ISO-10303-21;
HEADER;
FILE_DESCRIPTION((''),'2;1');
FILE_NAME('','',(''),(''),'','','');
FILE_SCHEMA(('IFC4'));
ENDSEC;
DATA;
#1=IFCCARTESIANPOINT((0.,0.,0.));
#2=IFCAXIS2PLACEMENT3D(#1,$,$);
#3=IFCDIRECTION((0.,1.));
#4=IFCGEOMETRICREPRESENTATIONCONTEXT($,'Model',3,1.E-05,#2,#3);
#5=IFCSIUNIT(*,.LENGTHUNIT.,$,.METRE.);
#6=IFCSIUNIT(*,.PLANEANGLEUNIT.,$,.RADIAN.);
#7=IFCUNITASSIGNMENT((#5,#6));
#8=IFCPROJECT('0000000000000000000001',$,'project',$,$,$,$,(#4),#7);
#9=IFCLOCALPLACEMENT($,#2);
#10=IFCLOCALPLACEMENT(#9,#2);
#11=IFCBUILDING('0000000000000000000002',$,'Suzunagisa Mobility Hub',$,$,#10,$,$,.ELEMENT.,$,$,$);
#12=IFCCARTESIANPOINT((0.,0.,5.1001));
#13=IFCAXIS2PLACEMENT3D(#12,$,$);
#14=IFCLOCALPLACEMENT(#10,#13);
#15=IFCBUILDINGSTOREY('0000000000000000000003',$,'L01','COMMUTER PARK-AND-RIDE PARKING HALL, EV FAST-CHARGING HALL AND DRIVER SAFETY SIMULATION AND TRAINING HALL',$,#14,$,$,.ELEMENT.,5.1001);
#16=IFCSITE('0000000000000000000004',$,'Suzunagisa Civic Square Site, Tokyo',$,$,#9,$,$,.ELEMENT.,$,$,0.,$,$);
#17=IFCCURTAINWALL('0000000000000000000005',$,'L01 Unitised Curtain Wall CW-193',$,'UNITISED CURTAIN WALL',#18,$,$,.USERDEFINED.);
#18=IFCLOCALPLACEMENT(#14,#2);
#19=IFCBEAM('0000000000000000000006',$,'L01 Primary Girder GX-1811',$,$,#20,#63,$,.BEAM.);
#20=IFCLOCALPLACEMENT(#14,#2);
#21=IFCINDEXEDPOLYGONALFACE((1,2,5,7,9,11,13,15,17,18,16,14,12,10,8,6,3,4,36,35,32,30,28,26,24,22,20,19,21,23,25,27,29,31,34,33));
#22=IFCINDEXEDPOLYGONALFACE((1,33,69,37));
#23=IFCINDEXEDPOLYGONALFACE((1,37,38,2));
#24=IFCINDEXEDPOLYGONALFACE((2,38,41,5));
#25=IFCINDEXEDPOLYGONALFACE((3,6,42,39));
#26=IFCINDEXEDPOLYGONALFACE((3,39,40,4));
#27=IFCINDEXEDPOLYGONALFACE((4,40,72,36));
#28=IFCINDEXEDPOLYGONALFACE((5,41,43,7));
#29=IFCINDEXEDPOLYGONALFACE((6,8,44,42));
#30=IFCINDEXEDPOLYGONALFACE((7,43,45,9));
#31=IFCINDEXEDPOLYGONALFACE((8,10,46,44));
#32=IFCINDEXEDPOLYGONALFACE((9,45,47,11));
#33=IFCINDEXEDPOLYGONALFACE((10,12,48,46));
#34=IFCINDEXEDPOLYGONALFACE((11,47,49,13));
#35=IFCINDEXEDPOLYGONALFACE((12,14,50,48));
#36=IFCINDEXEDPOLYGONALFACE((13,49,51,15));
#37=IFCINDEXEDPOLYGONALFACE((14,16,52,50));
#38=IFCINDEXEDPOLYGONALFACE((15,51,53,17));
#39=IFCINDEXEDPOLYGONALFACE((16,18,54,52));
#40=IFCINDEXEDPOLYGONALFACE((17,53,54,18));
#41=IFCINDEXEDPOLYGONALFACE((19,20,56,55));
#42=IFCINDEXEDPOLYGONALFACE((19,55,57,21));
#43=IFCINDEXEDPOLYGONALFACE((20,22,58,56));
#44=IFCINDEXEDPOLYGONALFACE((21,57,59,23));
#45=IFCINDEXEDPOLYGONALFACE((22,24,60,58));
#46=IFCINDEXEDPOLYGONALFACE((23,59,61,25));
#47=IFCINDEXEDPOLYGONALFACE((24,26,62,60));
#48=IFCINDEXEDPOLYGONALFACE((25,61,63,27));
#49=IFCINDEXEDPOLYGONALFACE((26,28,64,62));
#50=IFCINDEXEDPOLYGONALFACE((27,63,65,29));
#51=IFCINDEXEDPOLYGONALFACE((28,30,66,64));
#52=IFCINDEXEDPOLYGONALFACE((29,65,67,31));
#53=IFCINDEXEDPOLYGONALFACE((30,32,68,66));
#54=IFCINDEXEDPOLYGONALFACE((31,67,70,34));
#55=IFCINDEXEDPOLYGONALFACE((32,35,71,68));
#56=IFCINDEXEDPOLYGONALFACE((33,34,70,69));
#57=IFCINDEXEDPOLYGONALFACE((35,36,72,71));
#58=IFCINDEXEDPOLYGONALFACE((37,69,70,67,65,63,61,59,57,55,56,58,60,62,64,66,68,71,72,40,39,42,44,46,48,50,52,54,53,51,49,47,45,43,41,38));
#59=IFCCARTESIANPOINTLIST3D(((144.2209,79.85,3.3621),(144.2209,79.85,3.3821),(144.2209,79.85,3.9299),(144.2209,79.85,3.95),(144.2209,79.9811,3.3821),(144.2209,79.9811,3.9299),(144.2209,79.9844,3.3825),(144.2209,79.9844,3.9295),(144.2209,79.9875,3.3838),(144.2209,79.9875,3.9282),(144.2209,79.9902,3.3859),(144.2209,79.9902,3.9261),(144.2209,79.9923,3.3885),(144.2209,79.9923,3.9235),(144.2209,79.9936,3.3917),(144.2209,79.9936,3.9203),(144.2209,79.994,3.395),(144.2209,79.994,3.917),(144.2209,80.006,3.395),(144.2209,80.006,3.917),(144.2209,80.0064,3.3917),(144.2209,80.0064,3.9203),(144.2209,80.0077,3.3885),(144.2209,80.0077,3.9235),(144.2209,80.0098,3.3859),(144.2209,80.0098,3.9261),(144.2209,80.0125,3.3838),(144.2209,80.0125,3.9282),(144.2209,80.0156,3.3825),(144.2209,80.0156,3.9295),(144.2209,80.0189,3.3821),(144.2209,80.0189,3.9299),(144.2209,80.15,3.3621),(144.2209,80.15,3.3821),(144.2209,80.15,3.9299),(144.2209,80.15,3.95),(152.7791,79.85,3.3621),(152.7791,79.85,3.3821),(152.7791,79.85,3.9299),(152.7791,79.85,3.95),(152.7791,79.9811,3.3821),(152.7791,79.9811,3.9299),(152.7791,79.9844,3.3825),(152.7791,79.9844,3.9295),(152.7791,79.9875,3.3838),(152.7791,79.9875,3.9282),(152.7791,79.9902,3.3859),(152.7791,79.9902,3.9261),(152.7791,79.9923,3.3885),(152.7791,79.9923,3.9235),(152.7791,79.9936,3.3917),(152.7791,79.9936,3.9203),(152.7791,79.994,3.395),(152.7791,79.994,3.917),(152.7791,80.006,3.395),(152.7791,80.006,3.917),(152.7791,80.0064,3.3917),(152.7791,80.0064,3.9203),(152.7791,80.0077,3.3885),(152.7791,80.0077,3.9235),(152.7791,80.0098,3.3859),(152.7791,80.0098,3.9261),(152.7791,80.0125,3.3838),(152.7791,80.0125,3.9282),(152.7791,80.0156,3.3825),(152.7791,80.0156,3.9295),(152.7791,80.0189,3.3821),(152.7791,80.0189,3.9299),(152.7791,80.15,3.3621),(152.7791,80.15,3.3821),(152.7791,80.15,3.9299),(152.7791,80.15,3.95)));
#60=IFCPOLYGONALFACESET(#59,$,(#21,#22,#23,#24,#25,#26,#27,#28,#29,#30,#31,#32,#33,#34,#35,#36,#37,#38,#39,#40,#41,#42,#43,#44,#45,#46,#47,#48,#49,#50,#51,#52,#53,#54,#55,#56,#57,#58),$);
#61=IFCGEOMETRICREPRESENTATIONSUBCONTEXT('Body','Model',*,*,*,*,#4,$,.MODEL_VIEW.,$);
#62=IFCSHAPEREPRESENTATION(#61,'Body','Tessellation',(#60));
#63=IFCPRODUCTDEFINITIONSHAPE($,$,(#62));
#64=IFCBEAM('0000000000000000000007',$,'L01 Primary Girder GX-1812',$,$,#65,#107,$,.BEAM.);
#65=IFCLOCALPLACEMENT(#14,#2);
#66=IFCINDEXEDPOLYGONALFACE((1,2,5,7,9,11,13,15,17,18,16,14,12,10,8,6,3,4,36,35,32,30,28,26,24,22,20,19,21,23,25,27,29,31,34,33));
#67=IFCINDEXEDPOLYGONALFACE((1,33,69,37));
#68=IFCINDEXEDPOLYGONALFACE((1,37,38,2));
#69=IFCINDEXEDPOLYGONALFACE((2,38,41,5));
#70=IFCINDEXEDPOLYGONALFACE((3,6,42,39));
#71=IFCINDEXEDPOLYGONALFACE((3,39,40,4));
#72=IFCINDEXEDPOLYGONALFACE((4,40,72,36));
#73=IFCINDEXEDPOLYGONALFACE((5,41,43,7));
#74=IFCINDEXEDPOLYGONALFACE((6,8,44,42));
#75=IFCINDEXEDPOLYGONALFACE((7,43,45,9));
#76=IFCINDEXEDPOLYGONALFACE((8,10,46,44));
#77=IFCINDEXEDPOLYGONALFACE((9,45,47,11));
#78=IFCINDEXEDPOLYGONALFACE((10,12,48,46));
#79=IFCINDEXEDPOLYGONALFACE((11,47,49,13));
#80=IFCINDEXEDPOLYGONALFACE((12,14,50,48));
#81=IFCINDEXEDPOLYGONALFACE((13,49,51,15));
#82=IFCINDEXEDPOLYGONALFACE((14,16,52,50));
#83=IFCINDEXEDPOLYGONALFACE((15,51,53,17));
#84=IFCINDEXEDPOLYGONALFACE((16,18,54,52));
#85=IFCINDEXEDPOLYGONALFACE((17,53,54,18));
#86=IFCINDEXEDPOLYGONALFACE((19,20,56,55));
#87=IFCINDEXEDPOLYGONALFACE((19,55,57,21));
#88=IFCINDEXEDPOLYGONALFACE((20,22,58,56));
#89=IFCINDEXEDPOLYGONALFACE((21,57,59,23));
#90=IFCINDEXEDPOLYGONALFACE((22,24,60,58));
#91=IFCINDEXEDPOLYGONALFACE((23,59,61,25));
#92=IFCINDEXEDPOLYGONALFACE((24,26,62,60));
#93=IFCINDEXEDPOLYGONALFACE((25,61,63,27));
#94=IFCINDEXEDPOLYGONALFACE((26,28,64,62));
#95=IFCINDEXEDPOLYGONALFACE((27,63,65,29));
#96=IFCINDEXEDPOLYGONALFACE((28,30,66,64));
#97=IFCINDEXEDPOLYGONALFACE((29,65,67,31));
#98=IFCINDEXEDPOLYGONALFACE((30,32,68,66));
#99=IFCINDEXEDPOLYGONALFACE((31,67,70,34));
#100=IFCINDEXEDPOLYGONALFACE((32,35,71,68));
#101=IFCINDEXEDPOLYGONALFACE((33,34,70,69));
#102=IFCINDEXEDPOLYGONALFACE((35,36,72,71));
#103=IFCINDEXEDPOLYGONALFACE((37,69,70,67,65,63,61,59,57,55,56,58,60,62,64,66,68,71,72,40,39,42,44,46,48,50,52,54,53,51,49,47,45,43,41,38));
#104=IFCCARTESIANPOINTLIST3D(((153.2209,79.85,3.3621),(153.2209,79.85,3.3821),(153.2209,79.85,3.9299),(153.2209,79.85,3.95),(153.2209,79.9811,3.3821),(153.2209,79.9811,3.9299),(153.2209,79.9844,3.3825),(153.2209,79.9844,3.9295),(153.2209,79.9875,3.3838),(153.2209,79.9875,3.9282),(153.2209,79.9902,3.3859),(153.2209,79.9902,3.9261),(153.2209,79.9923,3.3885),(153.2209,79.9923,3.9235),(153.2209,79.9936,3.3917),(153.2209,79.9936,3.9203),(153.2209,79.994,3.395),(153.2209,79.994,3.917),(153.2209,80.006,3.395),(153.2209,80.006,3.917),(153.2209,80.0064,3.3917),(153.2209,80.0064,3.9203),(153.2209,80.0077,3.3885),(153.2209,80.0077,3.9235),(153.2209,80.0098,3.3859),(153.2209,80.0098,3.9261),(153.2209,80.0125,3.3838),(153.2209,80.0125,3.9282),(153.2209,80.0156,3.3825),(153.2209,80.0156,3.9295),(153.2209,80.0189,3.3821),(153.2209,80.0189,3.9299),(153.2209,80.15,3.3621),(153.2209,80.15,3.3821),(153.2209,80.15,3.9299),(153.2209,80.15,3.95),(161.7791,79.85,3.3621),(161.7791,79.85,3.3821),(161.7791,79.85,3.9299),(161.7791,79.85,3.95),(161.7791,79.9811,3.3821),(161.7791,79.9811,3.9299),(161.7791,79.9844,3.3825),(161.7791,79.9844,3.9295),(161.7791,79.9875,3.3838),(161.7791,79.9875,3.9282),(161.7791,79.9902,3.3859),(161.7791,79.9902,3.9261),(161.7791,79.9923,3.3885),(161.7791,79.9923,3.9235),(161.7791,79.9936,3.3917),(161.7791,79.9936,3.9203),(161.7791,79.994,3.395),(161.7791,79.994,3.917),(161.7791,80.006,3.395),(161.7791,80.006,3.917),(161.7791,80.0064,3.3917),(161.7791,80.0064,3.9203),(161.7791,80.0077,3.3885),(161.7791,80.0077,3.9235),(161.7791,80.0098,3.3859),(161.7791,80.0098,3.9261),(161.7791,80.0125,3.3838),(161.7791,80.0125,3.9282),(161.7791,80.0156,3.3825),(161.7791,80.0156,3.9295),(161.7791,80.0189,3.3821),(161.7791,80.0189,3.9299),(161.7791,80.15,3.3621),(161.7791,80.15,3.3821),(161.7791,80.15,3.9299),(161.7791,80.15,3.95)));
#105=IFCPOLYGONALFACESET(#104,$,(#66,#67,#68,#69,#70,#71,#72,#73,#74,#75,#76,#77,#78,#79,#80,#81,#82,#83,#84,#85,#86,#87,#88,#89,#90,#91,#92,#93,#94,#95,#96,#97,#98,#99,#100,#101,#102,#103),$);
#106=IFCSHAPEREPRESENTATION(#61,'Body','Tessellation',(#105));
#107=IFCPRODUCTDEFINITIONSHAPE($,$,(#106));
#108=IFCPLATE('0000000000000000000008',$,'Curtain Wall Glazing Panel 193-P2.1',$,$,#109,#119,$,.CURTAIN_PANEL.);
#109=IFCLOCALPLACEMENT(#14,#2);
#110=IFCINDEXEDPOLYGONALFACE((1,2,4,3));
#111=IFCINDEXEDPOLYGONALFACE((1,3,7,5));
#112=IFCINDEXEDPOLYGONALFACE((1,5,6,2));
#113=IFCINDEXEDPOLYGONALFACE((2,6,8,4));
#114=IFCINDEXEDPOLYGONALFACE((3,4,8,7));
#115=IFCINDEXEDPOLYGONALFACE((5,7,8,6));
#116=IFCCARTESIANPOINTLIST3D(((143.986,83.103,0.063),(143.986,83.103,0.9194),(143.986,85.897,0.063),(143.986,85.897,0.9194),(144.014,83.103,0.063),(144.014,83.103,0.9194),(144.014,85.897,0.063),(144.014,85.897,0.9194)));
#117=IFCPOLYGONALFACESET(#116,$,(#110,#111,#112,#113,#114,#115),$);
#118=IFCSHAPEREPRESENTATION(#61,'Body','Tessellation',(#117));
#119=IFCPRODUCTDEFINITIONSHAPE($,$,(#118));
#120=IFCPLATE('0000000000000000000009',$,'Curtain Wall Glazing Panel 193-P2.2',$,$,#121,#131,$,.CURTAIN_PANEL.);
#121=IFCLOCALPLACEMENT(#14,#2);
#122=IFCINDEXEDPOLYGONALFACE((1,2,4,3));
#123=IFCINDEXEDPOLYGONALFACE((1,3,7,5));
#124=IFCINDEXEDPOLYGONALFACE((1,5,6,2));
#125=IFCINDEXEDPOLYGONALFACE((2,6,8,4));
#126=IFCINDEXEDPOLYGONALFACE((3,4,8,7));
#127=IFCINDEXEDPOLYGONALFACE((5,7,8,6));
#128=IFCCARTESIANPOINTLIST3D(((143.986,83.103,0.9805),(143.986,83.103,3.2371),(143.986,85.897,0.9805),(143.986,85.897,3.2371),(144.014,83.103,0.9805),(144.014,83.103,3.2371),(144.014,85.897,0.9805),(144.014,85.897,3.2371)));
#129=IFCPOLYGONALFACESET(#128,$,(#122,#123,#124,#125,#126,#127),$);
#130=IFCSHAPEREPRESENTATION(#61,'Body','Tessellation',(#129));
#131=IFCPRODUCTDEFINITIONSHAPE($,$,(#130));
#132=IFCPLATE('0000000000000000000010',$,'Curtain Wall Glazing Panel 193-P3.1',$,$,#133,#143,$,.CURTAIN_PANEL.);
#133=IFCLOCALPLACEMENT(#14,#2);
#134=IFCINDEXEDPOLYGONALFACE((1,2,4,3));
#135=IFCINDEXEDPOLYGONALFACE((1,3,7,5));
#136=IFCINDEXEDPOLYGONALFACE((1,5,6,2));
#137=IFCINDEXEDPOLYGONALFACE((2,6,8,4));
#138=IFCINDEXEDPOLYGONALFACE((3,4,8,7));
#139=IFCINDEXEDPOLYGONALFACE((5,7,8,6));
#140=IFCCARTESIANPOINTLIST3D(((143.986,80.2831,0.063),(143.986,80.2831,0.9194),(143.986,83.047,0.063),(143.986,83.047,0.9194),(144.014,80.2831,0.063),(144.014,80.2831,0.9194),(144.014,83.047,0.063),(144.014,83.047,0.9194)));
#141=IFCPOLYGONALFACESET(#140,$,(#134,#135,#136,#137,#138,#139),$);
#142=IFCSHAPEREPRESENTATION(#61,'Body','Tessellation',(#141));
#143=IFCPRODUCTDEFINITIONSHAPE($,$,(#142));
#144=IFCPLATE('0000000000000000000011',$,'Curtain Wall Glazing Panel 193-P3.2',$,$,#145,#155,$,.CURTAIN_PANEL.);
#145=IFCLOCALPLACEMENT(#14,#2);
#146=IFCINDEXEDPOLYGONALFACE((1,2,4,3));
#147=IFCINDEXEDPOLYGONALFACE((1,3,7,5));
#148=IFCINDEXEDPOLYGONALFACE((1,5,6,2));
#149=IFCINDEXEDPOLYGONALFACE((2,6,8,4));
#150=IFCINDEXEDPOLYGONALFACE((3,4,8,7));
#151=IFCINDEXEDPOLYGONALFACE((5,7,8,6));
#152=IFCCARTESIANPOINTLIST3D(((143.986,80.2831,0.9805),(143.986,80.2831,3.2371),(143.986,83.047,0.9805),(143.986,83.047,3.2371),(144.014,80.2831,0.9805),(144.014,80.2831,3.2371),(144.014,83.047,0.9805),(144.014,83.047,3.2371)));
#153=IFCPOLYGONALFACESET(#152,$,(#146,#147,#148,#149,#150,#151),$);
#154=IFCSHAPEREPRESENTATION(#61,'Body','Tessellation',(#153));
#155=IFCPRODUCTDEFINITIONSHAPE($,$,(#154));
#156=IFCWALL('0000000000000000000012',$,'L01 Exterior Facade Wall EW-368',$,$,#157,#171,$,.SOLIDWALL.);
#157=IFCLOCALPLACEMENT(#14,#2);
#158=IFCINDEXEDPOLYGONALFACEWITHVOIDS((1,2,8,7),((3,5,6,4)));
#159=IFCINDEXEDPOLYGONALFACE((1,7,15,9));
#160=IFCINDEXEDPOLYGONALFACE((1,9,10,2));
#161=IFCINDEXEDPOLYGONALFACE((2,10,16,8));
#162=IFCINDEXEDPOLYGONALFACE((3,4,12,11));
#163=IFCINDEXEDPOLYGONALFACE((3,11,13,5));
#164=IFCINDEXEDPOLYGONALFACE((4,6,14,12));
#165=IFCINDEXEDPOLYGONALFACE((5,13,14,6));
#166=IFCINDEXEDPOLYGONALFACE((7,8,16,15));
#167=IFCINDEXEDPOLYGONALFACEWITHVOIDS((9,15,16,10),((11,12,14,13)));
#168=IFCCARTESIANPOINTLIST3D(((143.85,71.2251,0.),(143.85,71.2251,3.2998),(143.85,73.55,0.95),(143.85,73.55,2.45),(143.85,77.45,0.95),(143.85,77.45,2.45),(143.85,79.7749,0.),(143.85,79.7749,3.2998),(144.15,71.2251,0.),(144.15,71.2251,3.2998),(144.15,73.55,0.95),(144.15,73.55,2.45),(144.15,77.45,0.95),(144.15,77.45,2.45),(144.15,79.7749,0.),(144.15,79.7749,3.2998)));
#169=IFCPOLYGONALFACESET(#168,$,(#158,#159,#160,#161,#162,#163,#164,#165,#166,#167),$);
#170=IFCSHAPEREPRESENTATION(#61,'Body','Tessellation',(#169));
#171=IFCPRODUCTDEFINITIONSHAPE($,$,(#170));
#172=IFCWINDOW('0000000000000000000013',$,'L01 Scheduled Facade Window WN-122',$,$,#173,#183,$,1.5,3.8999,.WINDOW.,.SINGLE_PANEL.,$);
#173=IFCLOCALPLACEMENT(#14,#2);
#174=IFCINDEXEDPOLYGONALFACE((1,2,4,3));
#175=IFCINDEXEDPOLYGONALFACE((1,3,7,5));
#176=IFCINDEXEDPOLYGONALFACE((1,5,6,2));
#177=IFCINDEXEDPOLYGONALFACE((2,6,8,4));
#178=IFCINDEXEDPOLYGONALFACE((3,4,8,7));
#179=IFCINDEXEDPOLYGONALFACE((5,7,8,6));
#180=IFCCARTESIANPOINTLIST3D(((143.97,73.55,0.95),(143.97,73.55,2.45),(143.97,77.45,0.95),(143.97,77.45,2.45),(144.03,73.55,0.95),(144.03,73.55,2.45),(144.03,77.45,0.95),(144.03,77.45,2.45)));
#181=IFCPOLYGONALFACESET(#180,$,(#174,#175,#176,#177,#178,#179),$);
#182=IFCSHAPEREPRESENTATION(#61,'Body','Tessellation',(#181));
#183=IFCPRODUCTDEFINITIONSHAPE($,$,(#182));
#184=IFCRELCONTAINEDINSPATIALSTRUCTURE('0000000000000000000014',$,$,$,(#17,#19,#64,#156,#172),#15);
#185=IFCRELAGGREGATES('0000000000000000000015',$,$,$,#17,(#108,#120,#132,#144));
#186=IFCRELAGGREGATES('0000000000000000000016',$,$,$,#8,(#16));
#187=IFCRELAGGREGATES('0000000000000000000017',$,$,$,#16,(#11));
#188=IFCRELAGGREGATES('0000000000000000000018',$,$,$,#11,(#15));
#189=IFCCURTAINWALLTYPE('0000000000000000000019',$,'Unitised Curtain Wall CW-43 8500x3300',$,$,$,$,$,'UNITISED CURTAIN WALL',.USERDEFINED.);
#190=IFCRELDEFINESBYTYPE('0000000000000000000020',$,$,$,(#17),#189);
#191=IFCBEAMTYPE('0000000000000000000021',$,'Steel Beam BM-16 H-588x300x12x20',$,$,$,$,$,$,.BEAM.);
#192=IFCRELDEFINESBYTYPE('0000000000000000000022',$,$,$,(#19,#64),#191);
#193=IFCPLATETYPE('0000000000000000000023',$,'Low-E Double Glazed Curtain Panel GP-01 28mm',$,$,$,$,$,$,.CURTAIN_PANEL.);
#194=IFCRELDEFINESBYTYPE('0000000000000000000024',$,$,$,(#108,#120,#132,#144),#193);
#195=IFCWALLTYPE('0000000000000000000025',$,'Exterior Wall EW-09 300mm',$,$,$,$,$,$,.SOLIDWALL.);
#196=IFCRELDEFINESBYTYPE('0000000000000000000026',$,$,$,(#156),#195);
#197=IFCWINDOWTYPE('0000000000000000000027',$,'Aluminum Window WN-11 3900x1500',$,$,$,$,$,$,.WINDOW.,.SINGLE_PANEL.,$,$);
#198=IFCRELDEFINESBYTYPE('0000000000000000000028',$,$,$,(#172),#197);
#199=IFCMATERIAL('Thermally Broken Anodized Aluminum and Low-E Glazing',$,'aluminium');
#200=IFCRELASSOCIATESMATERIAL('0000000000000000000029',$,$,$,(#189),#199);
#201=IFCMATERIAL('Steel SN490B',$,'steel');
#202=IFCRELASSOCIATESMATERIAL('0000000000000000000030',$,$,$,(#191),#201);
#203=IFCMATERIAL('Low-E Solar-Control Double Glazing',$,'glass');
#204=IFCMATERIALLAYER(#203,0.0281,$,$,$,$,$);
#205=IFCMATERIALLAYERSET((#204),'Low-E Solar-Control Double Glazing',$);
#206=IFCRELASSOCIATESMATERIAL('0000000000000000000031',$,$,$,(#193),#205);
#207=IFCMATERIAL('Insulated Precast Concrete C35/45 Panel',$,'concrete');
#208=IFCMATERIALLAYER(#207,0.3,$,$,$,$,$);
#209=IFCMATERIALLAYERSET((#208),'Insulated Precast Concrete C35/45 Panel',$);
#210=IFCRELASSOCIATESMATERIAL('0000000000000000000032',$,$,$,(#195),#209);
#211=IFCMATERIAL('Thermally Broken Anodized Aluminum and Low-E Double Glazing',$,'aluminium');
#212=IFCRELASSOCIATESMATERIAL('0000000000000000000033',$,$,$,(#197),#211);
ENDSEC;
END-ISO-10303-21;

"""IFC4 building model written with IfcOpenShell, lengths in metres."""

from ifc_helpers import new_model, si_unit, direction, frame, frame_2d, origin, origin_2d, place, context, subcontext, project, spatial, rectangle, i_section, extrude, material, layer, layer_set, material_profile, profile_set, type_object, element, fill, aggregate, save


model = new_model("IFC4")

# Units and contexts
model_context = context("Model", 3, precision=1e-05, world=origin(), true_north=direction((0.0, 1.0)))
body_context = subcontext(model_context, "Body", "Model", "MODEL_VIEW")
ifc_project = project(units=[si_unit("LENGTHUNIT", "METRE"), si_unit("PLANEANGLEUNIT", "RADIAN")], contexts=[model_context])

# Site, building, storey
site_placement = place(None, origin())
site = spatial("IfcSite", under=ifc_project, at=site_placement, Name="Suzunagisa Civic Square Site, Tokyo", CompositionType="ELEMENT", RefElevation=0.0)
building_placement = place(site_placement, origin())
building = spatial("IfcBuilding", under=site, at=building_placement, Name="Suzunagisa Mobility Hub", CompositionType="ELEMENT")
storey_placement = place(building_placement, frame((0.0, 0.0, 5.1001)))
storey = spatial("IfcBuildingStorey", under=building, at=storey_placement, Name="L01", Description="COMMUTER PARK-AND-RIDE PARKING HALL, EV FAST-CHARGING HALL AND DRIVER SAFETY SIMULATION AND TRAINING HALL", CompositionType="ELEMENT", Elevation=5.1001)

# Shared definitions
ifc_material_1 = material(Name="Steel SN490B", Category="steel")

# Curtain wall
ifc_material_2 = material(Name="Thermally Broken Anodized Aluminum and Low-E Glazing", Category="aluminium")
curtain_wall_type = type_object("IfcCurtainWallType", Name="Unitised Curtain Wall CW-43 8500x3300", ElementType="UNITISED CURTAIN WALL", PredefinedType="USERDEFINED", material=ifc_material_2)
curtain_wall_1_placement = place(storey_placement, origin())
curtain_wall_1 = element("IfcCurtainWall", 1, at=curtain_wall_1_placement, inside=storey, type_object=curtain_wall_type, Name="L01 Unitised Curtain Wall CW-193", ObjectType="UNITISED CURTAIN WALL", PredefinedType="USERDEFINED")

# Beams
ifc_material_profile_1 = material_profile(ifc_material_1, i_section(OverallWidth=0.3, OverallDepth=0.5879, WebThickness=0.012, FlangeThickness=0.02, FilletRadius=0.0129, at=origin_2d()), Name="H-588x300x12x20")
ifc_profile_set_1 = profile_set([ifc_material_profile_1], Name="Steel SN490B")
beam_type_1 = type_object("IfcBeamType", Name="Steel Beam BM-16 H-588x300x12x20", PredefinedType="BEAM", material=ifc_profile_set_1)
for number, where, z_axis, x_axis, name in (
    (2, (144.2209, 80.0, 3.656), (1.0, 0.0, 0.0), (0.0, 1.0, 0.0), "L01 Primary Girder GX-1811"),
    (3, (153.2209, 80.0, 3.656), (1.0, 0.0, 0.0), (0.0, 1.0, 0.0), "L01 Primary Girder GX-1812"),
):
    element("IfcBeam", number, at=place(storey_placement, frame(where, z_axis=z_axis, x_axis=x_axis)), inside=storey, type_object=beam_type_1, Name=name, PredefinedType="BEAM", context=body_context, shape_type="SweptSolid", body=[
        extrude(i_section(OverallWidth=0.3, OverallDepth=0.5879, WebThickness=0.012, FlangeThickness=0.02, FilletRadius=0.0129, at=origin_2d()), origin(), (0.0, 0.0, 1.0), 8.5581),
    ])

# Plates
ifc_material_3 = material(Name="Low-E Solar-Control Double Glazing", Category="glass")
ifc_layer_1 = layer(ifc_material_3, 0.0281)
ifc_layer_set_1 = layer_set([ifc_layer_1], Name="Low-E Solar-Control Double Glazing")
plate_type = type_object("IfcPlateType", Name="Low-E Double Glazed Curtain Panel GP-01 28mm", PredefinedType="CURTAIN_PANEL", material=ifc_layer_set_1)
plate_1_placement = place(storey_placement, frame((144.0, 84.5, 0.063), z_axis=(0.0, 0.0, 1.0), x_axis=(0.0, -1.0, 0.0)))
plate_1 = element("IfcPlate", 4, at=plate_1_placement, type_object=plate_type, Name="Curtain Wall Glazing Panel 193-P2.1", PredefinedType="CURTAIN_PANEL", context=body_context, shape_type="SweptSolid", body=[
    extrude(rectangle(XDim=2.7939, YDim=0.0281, at=origin_2d()), origin(), (0.0, 0.0, 1.0), 0.8564),
])
plate_2_placement = place(storey_placement, frame((144.0, 84.5, 0.9805), z_axis=(0.0, 0.0, 1.0), x_axis=(0.0, -1.0, 0.0)))
plate_2 = element("IfcPlate", 5, at=plate_2_placement, type_object=plate_type, Name="Curtain Wall Glazing Panel 193-P2.2", PredefinedType="CURTAIN_PANEL", context=body_context, shape_type="SweptSolid", body=[
    extrude(rectangle(XDim=2.7939, YDim=0.0281, at=origin_2d()), origin(), (0.0, 0.0, 1.0), 2.2566),
])
plate_3_placement = place(storey_placement, frame((144.0, 81.665, 0.063), z_axis=(0.0, 0.0, 1.0), x_axis=(0.0, -1.0, 0.0)))
plate_3 = element("IfcPlate", 6, at=plate_3_placement, type_object=plate_type, Name="Curtain Wall Glazing Panel 193-P3.1", PredefinedType="CURTAIN_PANEL", context=body_context, shape_type="SweptSolid", body=[
    extrude(rectangle(XDim=2.7639, YDim=0.0281, at=origin_2d()), origin(), (0.0, 0.0, 1.0), 0.8564),
])
plate_4_placement = place(storey_placement, frame((144.0, 81.665, 0.9805), z_axis=(0.0, 0.0, 1.0), x_axis=(0.0, -1.0, 0.0)))
plate_4 = element("IfcPlate", 7, at=plate_4_placement, type_object=plate_type, Name="Curtain Wall Glazing Panel 193-P3.2", PredefinedType="CURTAIN_PANEL", context=body_context, shape_type="SweptSolid", body=[
    extrude(rectangle(XDim=2.7639, YDim=0.0281, at=origin_2d()), origin(), (0.0, 0.0, 1.0), 2.2566),
])
aggregate(curtain_wall_1, [plate_1, plate_2, plate_3, plate_4])

# Wall, opening, window
ifc_material_4 = material(Name="Insulated Precast Concrete C35/45 Panel", Category="concrete")
ifc_layer_2 = layer(ifc_material_4, 0.3)
ifc_layer_set_2 = layer_set([ifc_layer_2], Name="Insulated Precast Concrete C35/45 Panel")
wall_type = type_object("IfcWallType", Name="Exterior Wall EW-09 300mm", PredefinedType="SOLIDWALL", material=ifc_layer_set_2)
wall_placement = place(storey_placement, frame((144.0, 79.7749, 0.0), z_axis=(0.0, 0.0, 1.0), x_axis=(0.0, -1.0, 0.0)))
wall = element("IfcWall", 8, at=wall_placement, inside=storey, type_object=wall_type, Name="L01 Exterior Facade Wall EW-368", PredefinedType="SOLIDWALL", context=body_context, shape_type="SweptSolid", body=[
    extrude(rectangle(XDim=8.5498, YDim=0.3, at=frame_2d((4.2749, 0.0))), origin(), (0.0, 0.0, 1.0), 3.2998),
])
opening_placement = place(wall_placement, frame((2.325, 0.0, 0.95)))
opening = element("IfcOpeningElement", 9, at=opening_placement, cuts=wall, PredefinedType="OPENING", context=body_context, shape_type="SweptSolid", body=[
    extrude(rectangle(XDim=3.8999, YDim=1.5, at=frame_2d((1.95, 0.75))), frame((0.0, 0.1611, 0.0), z_axis=(0.0, -1.0, 0.0), x_axis=(1.0, 0.0, 0.0)), (0.0, 0.0, 1.0), 0.322),
])
ifc_material_5 = material(Name="Thermally Broken Anodized Aluminum and Low-E Double Glazing", Category="aluminium")
window_type = type_object("IfcWindowType", Name="Aluminum Window WN-11 3900x1500", PartitioningType="SINGLE_PANEL", PredefinedType="WINDOW", material=ifc_material_5)
window_placement = place(opening_placement, origin())
window = element("IfcWindow", 10, at=window_placement, inside=storey, type_object=window_type, Name="L01 Scheduled Facade Window WN-122", OverallHeight=1.5, OverallWidth=3.8999, PartitioningType="SINGLE_PANEL", PredefinedType="WINDOW", context=body_context, shape_type="SweptSolid", body=[
    extrude(rectangle(XDim=3.8999, YDim=1.5, at=frame_2d((1.95, 0.75))), frame((0.0, 0.03, 0.0), z_axis=(0.0, -1.0, 0.0), x_axis=(1.0, 0.0, 0.0)), (0.0, 0.0, 1.0), 0.0601),
])
fill(opening, window)

save(model, "model.ifc")
